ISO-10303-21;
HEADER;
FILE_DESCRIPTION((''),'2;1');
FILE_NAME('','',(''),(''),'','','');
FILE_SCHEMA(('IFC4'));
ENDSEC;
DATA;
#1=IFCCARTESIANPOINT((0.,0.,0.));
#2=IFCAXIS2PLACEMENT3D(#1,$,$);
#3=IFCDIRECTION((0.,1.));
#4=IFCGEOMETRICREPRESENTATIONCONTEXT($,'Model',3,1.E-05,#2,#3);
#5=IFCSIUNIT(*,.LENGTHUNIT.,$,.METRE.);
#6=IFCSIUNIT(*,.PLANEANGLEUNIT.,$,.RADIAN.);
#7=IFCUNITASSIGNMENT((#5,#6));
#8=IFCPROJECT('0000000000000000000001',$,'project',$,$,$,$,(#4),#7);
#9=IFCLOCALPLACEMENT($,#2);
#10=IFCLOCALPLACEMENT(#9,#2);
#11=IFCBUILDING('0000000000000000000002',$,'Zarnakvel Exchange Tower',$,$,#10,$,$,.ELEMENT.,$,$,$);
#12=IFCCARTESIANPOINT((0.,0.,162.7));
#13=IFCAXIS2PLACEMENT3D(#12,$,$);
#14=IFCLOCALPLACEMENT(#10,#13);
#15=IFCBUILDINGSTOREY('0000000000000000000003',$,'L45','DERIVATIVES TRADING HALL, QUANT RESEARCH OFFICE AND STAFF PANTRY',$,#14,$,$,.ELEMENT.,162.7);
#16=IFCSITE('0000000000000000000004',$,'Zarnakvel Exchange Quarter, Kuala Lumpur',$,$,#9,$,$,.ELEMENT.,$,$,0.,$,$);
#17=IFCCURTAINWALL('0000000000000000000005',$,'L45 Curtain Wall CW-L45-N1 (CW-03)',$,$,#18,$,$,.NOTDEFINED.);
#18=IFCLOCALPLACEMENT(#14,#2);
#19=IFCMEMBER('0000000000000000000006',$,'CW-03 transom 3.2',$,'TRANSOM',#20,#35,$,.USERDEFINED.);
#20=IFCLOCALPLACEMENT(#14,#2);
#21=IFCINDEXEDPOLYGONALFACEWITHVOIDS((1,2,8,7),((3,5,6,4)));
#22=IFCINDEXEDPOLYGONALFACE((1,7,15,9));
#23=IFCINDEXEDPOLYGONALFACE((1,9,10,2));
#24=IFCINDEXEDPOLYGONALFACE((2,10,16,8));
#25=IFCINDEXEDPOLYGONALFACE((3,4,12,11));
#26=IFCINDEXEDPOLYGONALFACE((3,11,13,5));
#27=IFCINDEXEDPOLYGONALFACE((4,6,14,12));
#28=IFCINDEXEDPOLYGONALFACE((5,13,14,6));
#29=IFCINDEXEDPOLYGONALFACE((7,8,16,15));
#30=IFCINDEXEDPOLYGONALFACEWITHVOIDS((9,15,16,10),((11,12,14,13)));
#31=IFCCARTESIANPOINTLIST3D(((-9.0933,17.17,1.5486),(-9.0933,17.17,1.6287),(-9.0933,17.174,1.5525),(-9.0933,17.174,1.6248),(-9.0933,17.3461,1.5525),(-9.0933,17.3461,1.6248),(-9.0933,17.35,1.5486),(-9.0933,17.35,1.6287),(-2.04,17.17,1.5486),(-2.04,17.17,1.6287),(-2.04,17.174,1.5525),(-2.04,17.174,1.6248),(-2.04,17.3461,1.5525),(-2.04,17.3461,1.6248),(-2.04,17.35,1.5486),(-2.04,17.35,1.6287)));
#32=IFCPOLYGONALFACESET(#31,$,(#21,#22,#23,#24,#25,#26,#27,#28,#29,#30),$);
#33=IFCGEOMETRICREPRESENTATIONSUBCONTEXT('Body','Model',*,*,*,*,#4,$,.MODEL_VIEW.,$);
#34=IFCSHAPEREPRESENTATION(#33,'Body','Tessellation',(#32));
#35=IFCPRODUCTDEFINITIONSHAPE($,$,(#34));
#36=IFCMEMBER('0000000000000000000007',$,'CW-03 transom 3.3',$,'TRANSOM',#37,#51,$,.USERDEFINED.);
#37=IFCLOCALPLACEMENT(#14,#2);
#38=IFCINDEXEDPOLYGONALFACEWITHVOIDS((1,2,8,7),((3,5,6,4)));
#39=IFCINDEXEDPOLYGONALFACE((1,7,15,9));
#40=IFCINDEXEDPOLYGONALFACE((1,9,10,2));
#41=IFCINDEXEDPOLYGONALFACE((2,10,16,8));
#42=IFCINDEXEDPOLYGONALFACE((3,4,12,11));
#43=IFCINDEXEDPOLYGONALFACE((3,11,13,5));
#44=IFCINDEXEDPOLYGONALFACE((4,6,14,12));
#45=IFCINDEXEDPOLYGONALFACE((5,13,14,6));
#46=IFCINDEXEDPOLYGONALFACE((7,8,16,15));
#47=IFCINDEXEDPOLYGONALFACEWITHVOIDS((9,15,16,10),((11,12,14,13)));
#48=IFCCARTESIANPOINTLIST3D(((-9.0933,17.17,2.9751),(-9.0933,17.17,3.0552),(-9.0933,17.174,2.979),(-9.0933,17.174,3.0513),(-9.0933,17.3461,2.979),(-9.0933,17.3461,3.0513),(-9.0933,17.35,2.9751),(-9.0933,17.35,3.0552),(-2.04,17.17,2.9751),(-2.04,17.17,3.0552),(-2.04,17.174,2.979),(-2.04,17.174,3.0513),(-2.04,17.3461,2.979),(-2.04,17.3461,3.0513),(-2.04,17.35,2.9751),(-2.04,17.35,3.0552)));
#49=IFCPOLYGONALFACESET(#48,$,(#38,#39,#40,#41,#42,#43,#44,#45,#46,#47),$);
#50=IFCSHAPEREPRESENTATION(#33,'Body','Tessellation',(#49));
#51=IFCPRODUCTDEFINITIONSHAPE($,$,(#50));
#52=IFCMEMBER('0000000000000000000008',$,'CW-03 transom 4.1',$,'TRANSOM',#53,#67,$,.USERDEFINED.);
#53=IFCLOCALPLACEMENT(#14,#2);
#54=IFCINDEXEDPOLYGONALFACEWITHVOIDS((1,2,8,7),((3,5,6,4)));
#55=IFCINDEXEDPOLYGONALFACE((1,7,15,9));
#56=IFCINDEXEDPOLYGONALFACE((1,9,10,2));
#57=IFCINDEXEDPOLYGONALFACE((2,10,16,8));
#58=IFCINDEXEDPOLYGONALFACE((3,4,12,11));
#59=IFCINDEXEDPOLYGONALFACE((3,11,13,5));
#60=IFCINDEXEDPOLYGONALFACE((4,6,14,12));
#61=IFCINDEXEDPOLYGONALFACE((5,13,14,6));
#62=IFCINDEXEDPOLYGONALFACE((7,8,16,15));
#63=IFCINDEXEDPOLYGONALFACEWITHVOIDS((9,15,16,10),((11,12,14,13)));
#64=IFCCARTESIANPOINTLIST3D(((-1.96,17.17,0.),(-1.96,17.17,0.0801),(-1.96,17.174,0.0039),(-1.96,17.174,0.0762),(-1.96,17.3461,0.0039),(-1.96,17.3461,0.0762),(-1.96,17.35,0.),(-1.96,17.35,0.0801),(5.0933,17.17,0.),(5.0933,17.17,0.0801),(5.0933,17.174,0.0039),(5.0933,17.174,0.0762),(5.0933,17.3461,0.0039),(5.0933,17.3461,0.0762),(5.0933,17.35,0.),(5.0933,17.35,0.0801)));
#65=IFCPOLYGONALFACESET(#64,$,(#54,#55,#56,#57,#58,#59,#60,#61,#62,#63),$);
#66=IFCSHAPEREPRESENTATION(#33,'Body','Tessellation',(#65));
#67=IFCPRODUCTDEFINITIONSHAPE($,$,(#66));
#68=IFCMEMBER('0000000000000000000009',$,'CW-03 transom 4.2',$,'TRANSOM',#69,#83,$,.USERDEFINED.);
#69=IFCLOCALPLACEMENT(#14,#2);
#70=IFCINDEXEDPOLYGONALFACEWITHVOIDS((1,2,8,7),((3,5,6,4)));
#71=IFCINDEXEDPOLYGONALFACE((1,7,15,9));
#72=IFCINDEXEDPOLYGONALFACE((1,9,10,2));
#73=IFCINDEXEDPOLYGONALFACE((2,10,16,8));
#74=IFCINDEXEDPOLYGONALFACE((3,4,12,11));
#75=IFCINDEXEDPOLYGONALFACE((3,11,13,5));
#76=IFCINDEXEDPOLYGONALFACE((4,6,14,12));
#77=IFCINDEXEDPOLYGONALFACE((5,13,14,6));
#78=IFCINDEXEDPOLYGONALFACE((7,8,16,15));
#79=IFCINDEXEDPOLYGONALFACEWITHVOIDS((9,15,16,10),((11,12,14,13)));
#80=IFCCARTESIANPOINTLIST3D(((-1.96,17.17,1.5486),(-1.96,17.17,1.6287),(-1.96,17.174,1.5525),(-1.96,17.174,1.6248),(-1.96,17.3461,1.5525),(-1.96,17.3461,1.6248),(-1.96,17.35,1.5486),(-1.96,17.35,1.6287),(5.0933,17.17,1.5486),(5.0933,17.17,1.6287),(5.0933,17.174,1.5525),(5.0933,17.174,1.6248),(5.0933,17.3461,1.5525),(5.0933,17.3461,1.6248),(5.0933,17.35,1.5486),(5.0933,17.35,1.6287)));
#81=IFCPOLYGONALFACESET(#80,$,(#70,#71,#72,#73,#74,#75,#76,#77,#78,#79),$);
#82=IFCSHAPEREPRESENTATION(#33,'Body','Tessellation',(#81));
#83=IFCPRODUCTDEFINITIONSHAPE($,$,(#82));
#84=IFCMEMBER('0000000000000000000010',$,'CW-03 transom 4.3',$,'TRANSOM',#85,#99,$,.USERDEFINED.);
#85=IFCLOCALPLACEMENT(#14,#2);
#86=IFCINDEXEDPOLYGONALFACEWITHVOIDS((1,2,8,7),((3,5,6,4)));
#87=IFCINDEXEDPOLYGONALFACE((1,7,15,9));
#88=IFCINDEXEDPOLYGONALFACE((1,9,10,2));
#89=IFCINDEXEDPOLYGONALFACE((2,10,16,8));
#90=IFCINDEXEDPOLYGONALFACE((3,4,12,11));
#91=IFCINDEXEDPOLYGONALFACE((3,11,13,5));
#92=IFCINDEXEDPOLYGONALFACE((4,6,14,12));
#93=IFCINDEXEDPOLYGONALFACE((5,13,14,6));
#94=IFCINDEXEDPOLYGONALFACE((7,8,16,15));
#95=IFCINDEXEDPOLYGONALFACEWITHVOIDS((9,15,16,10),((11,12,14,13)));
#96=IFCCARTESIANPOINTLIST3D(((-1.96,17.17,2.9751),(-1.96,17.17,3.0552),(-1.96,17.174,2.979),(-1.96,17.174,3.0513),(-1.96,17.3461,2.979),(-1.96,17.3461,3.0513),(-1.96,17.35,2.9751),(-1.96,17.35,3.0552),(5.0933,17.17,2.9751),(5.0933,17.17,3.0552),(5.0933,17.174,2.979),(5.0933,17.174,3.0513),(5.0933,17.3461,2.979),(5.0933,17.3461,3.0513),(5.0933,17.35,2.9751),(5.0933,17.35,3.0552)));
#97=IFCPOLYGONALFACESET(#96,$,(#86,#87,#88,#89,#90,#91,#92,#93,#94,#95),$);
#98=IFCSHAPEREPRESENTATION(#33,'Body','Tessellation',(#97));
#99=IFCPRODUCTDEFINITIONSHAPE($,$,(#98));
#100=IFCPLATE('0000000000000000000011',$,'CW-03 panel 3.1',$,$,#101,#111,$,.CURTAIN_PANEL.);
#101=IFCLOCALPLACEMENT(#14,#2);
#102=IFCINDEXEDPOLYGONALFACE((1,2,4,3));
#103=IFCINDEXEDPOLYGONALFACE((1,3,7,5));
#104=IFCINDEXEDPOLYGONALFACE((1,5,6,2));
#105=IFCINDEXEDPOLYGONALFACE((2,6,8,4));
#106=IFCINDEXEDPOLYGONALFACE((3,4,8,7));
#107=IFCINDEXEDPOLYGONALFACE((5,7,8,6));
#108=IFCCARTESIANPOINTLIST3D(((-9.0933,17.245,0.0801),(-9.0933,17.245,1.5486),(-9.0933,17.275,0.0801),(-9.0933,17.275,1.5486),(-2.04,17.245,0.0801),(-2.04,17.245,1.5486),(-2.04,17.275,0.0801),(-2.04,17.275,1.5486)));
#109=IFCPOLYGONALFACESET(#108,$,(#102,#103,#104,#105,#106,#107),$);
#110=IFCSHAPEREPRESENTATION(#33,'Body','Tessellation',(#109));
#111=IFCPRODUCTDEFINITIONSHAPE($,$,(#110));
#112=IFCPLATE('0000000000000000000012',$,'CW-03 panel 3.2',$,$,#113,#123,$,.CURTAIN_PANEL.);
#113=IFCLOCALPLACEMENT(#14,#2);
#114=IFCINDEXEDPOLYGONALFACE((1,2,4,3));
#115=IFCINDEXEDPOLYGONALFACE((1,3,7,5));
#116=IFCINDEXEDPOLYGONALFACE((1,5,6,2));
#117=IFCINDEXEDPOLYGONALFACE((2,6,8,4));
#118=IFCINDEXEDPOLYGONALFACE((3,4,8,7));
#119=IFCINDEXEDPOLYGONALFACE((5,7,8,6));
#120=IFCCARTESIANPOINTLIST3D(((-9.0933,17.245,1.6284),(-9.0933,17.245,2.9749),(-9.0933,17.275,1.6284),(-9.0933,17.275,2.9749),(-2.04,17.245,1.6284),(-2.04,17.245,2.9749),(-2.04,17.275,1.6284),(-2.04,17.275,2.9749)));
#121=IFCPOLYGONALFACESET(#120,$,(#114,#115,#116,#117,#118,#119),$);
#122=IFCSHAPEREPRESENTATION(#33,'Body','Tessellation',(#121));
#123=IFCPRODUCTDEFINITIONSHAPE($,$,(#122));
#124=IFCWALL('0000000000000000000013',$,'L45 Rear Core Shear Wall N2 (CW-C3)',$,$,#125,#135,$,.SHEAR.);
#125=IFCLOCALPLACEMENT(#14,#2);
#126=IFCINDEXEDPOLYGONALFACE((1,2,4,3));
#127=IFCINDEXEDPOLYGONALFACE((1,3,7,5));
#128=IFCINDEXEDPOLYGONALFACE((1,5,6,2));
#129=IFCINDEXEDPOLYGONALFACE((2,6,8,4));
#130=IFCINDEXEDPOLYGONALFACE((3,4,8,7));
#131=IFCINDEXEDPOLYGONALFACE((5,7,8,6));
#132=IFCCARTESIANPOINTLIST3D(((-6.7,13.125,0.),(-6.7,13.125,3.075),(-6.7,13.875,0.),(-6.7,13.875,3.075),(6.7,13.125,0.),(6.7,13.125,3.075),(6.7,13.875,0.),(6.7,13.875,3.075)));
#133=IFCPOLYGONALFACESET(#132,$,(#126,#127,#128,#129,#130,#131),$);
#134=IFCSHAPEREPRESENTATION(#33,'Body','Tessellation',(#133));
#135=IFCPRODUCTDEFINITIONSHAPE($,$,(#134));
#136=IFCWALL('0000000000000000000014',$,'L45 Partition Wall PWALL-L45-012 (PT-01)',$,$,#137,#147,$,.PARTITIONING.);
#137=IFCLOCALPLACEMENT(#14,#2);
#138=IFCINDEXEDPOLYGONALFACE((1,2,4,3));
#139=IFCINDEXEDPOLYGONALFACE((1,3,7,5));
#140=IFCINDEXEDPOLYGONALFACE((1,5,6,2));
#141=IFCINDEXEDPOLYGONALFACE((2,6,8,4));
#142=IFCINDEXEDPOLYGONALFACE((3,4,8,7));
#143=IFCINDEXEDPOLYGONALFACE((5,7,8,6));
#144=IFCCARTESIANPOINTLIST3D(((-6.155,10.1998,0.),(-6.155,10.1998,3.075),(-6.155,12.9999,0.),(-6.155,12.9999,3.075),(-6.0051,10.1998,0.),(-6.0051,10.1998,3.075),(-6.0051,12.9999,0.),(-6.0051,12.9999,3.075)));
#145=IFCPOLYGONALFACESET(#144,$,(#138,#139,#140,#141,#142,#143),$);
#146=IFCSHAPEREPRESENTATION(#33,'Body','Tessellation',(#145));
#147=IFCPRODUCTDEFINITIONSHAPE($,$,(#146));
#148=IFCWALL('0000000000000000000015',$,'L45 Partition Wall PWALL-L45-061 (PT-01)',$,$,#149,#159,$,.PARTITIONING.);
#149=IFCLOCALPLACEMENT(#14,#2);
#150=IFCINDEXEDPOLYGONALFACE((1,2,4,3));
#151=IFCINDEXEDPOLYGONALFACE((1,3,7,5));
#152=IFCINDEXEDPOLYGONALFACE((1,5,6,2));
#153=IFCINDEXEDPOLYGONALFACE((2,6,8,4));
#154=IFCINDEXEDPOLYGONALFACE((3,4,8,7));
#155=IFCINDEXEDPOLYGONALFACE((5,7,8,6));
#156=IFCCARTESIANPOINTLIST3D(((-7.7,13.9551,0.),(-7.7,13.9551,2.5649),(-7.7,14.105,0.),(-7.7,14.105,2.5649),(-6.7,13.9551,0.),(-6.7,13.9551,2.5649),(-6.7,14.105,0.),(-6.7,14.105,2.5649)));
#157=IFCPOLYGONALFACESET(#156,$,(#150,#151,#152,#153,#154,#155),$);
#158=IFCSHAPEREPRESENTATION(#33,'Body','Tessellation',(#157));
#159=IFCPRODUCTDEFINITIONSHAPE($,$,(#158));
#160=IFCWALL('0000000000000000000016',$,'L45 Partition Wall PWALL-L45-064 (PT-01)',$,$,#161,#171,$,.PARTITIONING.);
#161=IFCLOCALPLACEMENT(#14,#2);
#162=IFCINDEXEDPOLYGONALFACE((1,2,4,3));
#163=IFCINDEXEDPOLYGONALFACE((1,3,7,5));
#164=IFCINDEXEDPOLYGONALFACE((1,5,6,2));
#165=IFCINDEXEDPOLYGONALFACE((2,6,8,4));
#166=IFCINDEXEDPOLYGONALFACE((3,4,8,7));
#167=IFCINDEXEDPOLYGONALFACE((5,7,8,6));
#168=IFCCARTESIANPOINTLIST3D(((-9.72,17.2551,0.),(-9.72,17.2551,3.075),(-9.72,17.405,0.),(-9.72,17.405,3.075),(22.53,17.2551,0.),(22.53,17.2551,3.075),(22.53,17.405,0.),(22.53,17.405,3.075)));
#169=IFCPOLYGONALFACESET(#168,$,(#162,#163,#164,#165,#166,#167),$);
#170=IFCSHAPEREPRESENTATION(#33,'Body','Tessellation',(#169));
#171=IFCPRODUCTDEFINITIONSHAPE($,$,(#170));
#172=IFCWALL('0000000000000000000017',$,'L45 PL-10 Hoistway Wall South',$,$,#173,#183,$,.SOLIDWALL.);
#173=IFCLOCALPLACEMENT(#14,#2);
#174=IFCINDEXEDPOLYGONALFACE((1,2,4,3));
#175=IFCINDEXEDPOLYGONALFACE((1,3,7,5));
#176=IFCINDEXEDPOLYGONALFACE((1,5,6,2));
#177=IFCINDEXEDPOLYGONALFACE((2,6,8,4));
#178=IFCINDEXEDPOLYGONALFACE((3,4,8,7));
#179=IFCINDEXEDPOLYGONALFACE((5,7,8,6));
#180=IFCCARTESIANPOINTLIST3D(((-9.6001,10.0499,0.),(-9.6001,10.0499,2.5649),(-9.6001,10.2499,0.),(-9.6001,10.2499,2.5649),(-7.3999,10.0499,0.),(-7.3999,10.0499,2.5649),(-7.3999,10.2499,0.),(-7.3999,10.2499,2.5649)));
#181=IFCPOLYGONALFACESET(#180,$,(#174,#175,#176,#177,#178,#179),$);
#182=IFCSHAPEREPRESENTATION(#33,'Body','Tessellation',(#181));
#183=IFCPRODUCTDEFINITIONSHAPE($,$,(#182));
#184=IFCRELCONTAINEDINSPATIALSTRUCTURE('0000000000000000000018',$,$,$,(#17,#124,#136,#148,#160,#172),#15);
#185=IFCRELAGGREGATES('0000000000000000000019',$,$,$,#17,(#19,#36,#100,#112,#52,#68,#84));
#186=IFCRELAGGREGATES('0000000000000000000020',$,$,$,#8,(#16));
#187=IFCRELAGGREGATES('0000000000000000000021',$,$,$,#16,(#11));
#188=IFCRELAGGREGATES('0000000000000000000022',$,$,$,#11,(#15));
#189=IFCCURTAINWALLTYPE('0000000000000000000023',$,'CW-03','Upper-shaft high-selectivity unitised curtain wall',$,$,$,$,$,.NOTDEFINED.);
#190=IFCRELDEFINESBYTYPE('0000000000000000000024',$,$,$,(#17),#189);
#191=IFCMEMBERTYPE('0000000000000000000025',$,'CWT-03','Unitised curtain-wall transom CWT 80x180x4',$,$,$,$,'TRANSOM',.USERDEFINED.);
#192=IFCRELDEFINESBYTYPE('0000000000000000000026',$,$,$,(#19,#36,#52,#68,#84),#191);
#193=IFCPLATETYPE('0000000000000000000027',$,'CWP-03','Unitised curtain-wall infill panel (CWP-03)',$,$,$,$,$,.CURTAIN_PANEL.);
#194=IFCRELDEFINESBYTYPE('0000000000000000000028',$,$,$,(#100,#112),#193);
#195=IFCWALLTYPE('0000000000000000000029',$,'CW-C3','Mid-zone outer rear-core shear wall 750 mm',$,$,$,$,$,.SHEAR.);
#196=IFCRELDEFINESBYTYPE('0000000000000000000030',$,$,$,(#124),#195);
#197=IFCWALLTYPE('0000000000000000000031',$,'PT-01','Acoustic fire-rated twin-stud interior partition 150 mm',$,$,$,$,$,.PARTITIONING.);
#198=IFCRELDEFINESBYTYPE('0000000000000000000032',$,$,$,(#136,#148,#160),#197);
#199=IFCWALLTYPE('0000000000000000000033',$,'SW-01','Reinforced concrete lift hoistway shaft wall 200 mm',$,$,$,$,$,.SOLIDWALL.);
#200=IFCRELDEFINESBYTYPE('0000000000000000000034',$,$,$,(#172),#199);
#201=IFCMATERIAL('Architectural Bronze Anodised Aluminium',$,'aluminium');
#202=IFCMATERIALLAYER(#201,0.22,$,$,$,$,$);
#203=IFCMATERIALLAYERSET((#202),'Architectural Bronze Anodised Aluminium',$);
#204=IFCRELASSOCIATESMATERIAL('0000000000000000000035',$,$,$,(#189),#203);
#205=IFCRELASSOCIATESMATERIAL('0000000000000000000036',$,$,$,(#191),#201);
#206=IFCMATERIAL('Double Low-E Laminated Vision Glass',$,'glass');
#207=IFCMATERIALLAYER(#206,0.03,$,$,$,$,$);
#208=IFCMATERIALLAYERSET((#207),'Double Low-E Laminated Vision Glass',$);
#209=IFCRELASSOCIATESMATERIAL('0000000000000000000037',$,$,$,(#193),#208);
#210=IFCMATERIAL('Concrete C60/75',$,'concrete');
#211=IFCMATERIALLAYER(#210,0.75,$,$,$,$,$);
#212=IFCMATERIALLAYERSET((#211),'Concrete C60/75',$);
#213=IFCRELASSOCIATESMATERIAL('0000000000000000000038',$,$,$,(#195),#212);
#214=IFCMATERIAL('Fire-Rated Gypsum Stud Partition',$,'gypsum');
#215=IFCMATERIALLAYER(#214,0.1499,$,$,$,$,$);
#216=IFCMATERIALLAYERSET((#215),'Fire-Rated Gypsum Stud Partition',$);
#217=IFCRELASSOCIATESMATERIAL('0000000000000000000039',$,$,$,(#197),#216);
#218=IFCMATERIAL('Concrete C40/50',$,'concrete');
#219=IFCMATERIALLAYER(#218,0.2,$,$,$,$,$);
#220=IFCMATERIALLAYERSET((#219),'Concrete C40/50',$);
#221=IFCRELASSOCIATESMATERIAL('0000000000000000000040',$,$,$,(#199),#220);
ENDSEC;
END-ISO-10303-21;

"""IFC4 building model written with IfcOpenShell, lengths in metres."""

from ifc_helpers import new_model, si_unit, direction, frame, frame_2d, origin, origin_2d, place, context, subcontext, project, spatial, rectangle, hollow_rectangle, extrude, source, transform, mapped, material, layer, layer_set, material_profile, profile_set, type_object, element, aggregate, save


model = new_model("IFC4")

# Units and contexts
model_context = context("Model", 3, precision=1e-05, world=origin(), true_north=direction((0.0, 1.0)))
body_context = subcontext(model_context, "Body", "Model", "MODEL_VIEW")
ifc_project = project(units=[si_unit("LENGTHUNIT", "METRE"), si_unit("PLANEANGLEUNIT", "RADIAN")], contexts=[model_context])

# Site, building, storey
site_placement = place(None, origin())
site = spatial("IfcSite", under=ifc_project, at=site_placement, Name="Zarnakvel Exchange Quarter, Kuala Lumpur", CompositionType="ELEMENT", RefElevation=0.0)
building_placement = place(site_placement, origin())
building = spatial("IfcBuilding", under=site, at=building_placement, Name="Zarnakvel Exchange Tower", CompositionType="ELEMENT")
storey_placement = place(building_placement, frame((0.0, 0.0, 162.7)))
storey = spatial("IfcBuildingStorey", under=building, at=storey_placement, Name="L45", Description="DERIVATIVES TRADING HALL, QUANT RESEARCH OFFICE AND STAFF PANTRY", CompositionType="ELEMENT", Elevation=162.7)

# Shared definitions
ifc_material_1 = material(Name="Concrete C60/75", Category="concrete")

# Curtain wall, members, plates
ifc_material_2 = material(Name="Architectural Bronze Anodised Aluminium", Category="aluminium")
ifc_layer_1 = layer(ifc_material_2, 0.22)
ifc_layer_set_1 = layer_set([ifc_layer_1], Name="Architectural Bronze Anodised Aluminium")
curtain_wall_type = type_object("IfcCurtainWallType", Name="CW-03", Description="Upper-shaft high-selectivity unitised curtain wall", PredefinedType="NOTDEFINED", material=ifc_layer_set_1)
curtain_wall_placement = place(storey_placement, origin())
curtain_wall = element("IfcCurtainWall", 1, at=curtain_wall_placement, inside=storey, type_object=curtain_wall_type, Name="L45 Curtain Wall CW-L45-N1 (CW-03)", PredefinedType="NOTDEFINED")
ifc_material_profile_1 = material_profile(ifc_material_2, hollow_rectangle(XDim=0.1799, YDim=0.0801, WallThickness=0.0039, at=origin_2d()))
ifc_profile_set_1 = profile_set([ifc_material_profile_1], Name="Architectural Bronze Anodised Aluminium")
member_type_1 = type_object("IfcMemberType", Name="CWT-03", Description="Unitised curtain-wall transom CWT 80x180x4", ElementType="TRANSOM", PredefinedType="USERDEFINED", material=ifc_profile_set_1)
shared_shape_1 = source(origin(), body_context, "Body", "SweptSolid", [
    extrude(hollow_rectangle(XDim=0.1799, YDim=0.0801, WallThickness=0.0039, at=origin_2d()), origin(), (0.0, 0.0, 1.0), 7.0532),
])
member_1_placement = place(storey_placement, frame((-9.0933, 17.26, 1.5886), z_axis=(1.0, 0.0, 0.0), x_axis=(0.0, 1.0, 0.0)))
member_1 = element("IfcMember", 2, at=member_1_placement, type_object=member_type_1, Name="CW-03 transom 3.2", ObjectType="TRANSOM", PredefinedType="USERDEFINED", context=body_context, shape_type="MappedRepresentation", body=[
    mapped(shared_shape_1, transform((0.0, 0.0, 0.0), x_axis=(1.0, 0.0, 0.0), y_axis=(0.0, 1.0, 0.0), z_axis=(0.0, 0.0, 1.0), scale=1.0)),
])
member_2_placement = place(storey_placement, frame((-9.0933, 17.26, 3.0151), z_axis=(1.0, 0.0, 0.0), x_axis=(0.0, 1.0, 0.0)))
member_2 = element("IfcMember", 3, at=member_2_placement, type_object=member_type_1, Name="CW-03 transom 3.3", ObjectType="TRANSOM", PredefinedType="USERDEFINED", context=body_context, shape_type="MappedRepresentation", body=[
    mapped(shared_shape_1, transform((0.0, 0.0, 0.0), x_axis=(1.0, 0.0, 0.0), y_axis=(0.0, 1.0, 0.0), z_axis=(0.0, 0.0, 1.0), scale=1.0)),
])
member_3_placement = place(storey_placement, frame((-1.96, 17.26, 0.04), z_axis=(1.0, 0.0, 0.0), x_axis=(0.0, 1.0, 0.0)))
member_3 = element("IfcMember", 4, at=member_3_placement, type_object=member_type_1, Name="CW-03 transom 4.1", ObjectType="TRANSOM", PredefinedType="USERDEFINED", context=body_context, shape_type="MappedRepresentation", body=[
    mapped(shared_shape_1, transform((0.0, 0.0, 0.0), x_axis=(1.0, 0.0, 0.0), y_axis=(0.0, 1.0, 0.0), z_axis=(0.0, 0.0, 1.0), scale=1.0)),
])
member_4_placement = place(storey_placement, frame((-1.96, 17.26, 1.5886), z_axis=(1.0, 0.0, 0.0), x_axis=(0.0, 1.0, 0.0)))
member_4 = element("IfcMember", 5, at=member_4_placement, type_object=member_type_1, Name="CW-03 transom 4.2", ObjectType="TRANSOM", PredefinedType="USERDEFINED", context=body_context, shape_type="MappedRepresentation", body=[
    mapped(shared_shape_1, transform((0.0, 0.0, 0.0), x_axis=(1.0, 0.0, 0.0), y_axis=(0.0, 1.0, 0.0), z_axis=(0.0, 0.0, 1.0), scale=1.0)),
])
member_5_placement = place(storey_placement, frame((-1.96, 17.26, 3.0151), z_axis=(1.0, 0.0, 0.0), x_axis=(0.0, 1.0, 0.0)))
member_5 = element("IfcMember", 6, at=member_5_placement, type_object=member_type_1, Name="CW-03 transom 4.3", ObjectType="TRANSOM", PredefinedType="USERDEFINED", context=body_context, shape_type="MappedRepresentation", body=[
    mapped(shared_shape_1, transform((0.0, 0.0, 0.0), x_axis=(1.0, 0.0, 0.0), y_axis=(0.0, 1.0, 0.0), z_axis=(0.0, 0.0, 1.0), scale=1.0)),
])
ifc_material_3 = material(Name="Double Low-E Laminated Vision Glass", Category="glass")
ifc_layer_2 = layer(ifc_material_3, 0.03)
ifc_layer_set_2 = layer_set([ifc_layer_2], Name="Double Low-E Laminated Vision Glass")
plate_type = type_object("IfcPlateType", Name="CWP-03", Description="Unitised curtain-wall infill panel (CWP-03)", PredefinedType="CURTAIN_PANEL", material=ifc_layer_set_2)
shared_shape_2 = source(origin(), body_context, "Body", "SweptSolid", [
    extrude(rectangle(XDim=7.0532, YDim=0.03, at=origin_2d()), origin(), (0.0, 0.0, 1.0), 1.4685),
])
plate_1_placement = place(storey_placement, frame((-5.5667, 17.26, 0.0801), z_axis=(0.0, 0.0, 1.0), x_axis=(1.0, 0.0, 0.0)))
plate_1 = element("IfcPlate", 7, at=plate_1_placement, type_object=plate_type, Name="CW-03 panel 3.1", PredefinedType="CURTAIN_PANEL", context=body_context, shape_type="MappedRepresentation", body=[
    mapped(shared_shape_2, transform((0.0, 0.0, 0.0), x_axis=(1.0, 0.0, 0.0), y_axis=(0.0, 1.0, 0.0), z_axis=(0.0, 0.0, 1.0), scale=1.0)),
])
shared_shape_3 = source(origin(), body_context, "Body", "SweptSolid", [
    extrude(rectangle(XDim=7.0532, YDim=0.03, at=origin_2d()), origin(), (0.0, 0.0, 1.0), 1.3464),
])
plate_2_placement = place(storey_placement, frame((-5.5667, 17.26, 1.6284), z_axis=(0.0, 0.0, 1.0), x_axis=(1.0, 0.0, 0.0)))
plate_2 = element("IfcPlate", 8, at=plate_2_placement, type_object=plate_type, Name="CW-03 panel 3.2", PredefinedType="CURTAIN_PANEL", context=body_context, shape_type="MappedRepresentation", body=[
    mapped(shared_shape_3, transform((0.0, 0.0, 0.0), x_axis=(1.0, 0.0, 0.0), y_axis=(0.0, 1.0, 0.0), z_axis=(0.0, 0.0, 1.0), scale=1.0)),
])
aggregate(curtain_wall, [member_1, member_2, plate_1, plate_2, member_3, member_4, member_5])

# Walls
ifc_layer_3 = layer(ifc_material_1, 0.75)
ifc_layer_set_3 = layer_set([ifc_layer_3], Name="Concrete C60/75")
wall_type_1 = type_object("IfcWallType", Name="CW-C3", Description="Mid-zone outer rear-core shear wall 750 mm", PredefinedType="SHEAR", material=ifc_layer_set_3)
wall_1_placement = place(storey_placement, frame((-6.7, 13.5, 0.0), z_axis=(0.0, 0.0, 1.0), x_axis=(1.0, 0.0, 0.0)))
element("IfcWall", 9, at=wall_1_placement, inside=storey, type_object=wall_type_1, Name="L45 Rear Core Shear Wall N2 (CW-C3)", PredefinedType="SHEAR", context=body_context, shape_type="SweptSolid", body=[
    extrude(rectangle(XDim=13.3999, YDim=0.75, at=frame_2d((6.7, 0.0))), origin(), (0.0, 0.0, 1.0), 3.075),
])
ifc_material_4 = material(Name="Fire-Rated Gypsum Stud Partition", Category="gypsum")
ifc_layer_4 = layer(ifc_material_4, 0.1499)
ifc_layer_set_4 = layer_set([ifc_layer_4], Name="Fire-Rated Gypsum Stud Partition")
wall_type_2 = type_object("IfcWallType", Name="PT-01", Description="Acoustic fire-rated twin-stud interior partition 150 mm", PredefinedType="PARTITIONING", material=ifc_layer_set_4)
wall_2_placement = place(storey_placement, frame((-6.0801, 10.2, 0.0), z_axis=(0.0, 0.0, 1.0), x_axis=(0.0, 1.0, 0.0)))
element("IfcWall", 10, at=wall_2_placement, inside=storey, type_object=wall_type_2, Name="L45 Partition Wall PWALL-L45-012 (PT-01)", PredefinedType="PARTITIONING", context=body_context, shape_type="SweptSolid", body=[
    extrude(rectangle(XDim=2.8, YDim=0.1499, at=frame_2d((1.3999, 0.0))), origin(), (0.0, 0.0, 1.0), 3.075),
])
wall_3_placement = place(storey_placement, frame((-6.7, 14.03, 0.0), z_axis=(0.0, 0.0, 1.0), x_axis=(-1.0, 0.0, 0.0)))
element("IfcWall", 11, at=wall_3_placement, inside=storey, type_object=wall_type_2, Name="L45 Partition Wall PWALL-L45-061 (PT-01)", PredefinedType="PARTITIONING", context=body_context, shape_type="SweptSolid", body=[
    extrude(rectangle(XDim=1.0, YDim=0.1499, at=frame_2d((0.5, 0.0))), origin(), (0.0, 0.0, 1.0), 2.5649),
])
wall_4_placement = place(storey_placement, frame((-9.72, 17.3301, 0.0), z_axis=(0.0, 0.0, 1.0), x_axis=(1.0, 0.0, 0.0)))
element("IfcWall", 12, at=wall_4_placement, inside=storey, type_object=wall_type_2, Name="L45 Partition Wall PWALL-L45-064 (PT-01)", PredefinedType="PARTITIONING", context=body_context, shape_type="SweptSolid", body=[
    extrude(rectangle(XDim=32.25, YDim=0.1499, at=frame_2d((16.125, 0.0))), origin(), (0.0, 0.0, 1.0), 3.075),
])

# Wall
ifc_material_5 = material(Name="Concrete C40/50", Category="concrete")
ifc_layer_5 = layer(ifc_material_5, 0.2)
ifc_layer_set_5 = layer_set([ifc_layer_5], Name="Concrete C40/50")
wall_type_3 = type_object("IfcWallType", Name="SW-01", Description="Reinforced concrete lift hoistway shaft wall 200 mm", PredefinedType="SOLIDWALL", material=ifc_layer_set_5)
for number, where, z_axis, x_axis, name in (
    (13, (-7.3999, 10.1499, 0.0), (0.0, 0.0, 1.0), (-1.0, 0.0, 0.0), "L45 PL-10 Hoistway Wall South"),
):
    element("IfcWall", number, at=place(storey_placement, frame(where, z_axis=z_axis, x_axis=x_axis)), inside=storey, type_object=wall_type_3, Name=name, PredefinedType="SOLIDWALL", context=body_context, shape_type="SweptSolid", body=[
        extrude(rectangle(XDim=2.2002, YDim=0.2, at=frame_2d((1.1001, 0.0))), origin(), (0.0, 0.0, 1.0), 2.5649),
    ])

save(model, "model.ifc")
